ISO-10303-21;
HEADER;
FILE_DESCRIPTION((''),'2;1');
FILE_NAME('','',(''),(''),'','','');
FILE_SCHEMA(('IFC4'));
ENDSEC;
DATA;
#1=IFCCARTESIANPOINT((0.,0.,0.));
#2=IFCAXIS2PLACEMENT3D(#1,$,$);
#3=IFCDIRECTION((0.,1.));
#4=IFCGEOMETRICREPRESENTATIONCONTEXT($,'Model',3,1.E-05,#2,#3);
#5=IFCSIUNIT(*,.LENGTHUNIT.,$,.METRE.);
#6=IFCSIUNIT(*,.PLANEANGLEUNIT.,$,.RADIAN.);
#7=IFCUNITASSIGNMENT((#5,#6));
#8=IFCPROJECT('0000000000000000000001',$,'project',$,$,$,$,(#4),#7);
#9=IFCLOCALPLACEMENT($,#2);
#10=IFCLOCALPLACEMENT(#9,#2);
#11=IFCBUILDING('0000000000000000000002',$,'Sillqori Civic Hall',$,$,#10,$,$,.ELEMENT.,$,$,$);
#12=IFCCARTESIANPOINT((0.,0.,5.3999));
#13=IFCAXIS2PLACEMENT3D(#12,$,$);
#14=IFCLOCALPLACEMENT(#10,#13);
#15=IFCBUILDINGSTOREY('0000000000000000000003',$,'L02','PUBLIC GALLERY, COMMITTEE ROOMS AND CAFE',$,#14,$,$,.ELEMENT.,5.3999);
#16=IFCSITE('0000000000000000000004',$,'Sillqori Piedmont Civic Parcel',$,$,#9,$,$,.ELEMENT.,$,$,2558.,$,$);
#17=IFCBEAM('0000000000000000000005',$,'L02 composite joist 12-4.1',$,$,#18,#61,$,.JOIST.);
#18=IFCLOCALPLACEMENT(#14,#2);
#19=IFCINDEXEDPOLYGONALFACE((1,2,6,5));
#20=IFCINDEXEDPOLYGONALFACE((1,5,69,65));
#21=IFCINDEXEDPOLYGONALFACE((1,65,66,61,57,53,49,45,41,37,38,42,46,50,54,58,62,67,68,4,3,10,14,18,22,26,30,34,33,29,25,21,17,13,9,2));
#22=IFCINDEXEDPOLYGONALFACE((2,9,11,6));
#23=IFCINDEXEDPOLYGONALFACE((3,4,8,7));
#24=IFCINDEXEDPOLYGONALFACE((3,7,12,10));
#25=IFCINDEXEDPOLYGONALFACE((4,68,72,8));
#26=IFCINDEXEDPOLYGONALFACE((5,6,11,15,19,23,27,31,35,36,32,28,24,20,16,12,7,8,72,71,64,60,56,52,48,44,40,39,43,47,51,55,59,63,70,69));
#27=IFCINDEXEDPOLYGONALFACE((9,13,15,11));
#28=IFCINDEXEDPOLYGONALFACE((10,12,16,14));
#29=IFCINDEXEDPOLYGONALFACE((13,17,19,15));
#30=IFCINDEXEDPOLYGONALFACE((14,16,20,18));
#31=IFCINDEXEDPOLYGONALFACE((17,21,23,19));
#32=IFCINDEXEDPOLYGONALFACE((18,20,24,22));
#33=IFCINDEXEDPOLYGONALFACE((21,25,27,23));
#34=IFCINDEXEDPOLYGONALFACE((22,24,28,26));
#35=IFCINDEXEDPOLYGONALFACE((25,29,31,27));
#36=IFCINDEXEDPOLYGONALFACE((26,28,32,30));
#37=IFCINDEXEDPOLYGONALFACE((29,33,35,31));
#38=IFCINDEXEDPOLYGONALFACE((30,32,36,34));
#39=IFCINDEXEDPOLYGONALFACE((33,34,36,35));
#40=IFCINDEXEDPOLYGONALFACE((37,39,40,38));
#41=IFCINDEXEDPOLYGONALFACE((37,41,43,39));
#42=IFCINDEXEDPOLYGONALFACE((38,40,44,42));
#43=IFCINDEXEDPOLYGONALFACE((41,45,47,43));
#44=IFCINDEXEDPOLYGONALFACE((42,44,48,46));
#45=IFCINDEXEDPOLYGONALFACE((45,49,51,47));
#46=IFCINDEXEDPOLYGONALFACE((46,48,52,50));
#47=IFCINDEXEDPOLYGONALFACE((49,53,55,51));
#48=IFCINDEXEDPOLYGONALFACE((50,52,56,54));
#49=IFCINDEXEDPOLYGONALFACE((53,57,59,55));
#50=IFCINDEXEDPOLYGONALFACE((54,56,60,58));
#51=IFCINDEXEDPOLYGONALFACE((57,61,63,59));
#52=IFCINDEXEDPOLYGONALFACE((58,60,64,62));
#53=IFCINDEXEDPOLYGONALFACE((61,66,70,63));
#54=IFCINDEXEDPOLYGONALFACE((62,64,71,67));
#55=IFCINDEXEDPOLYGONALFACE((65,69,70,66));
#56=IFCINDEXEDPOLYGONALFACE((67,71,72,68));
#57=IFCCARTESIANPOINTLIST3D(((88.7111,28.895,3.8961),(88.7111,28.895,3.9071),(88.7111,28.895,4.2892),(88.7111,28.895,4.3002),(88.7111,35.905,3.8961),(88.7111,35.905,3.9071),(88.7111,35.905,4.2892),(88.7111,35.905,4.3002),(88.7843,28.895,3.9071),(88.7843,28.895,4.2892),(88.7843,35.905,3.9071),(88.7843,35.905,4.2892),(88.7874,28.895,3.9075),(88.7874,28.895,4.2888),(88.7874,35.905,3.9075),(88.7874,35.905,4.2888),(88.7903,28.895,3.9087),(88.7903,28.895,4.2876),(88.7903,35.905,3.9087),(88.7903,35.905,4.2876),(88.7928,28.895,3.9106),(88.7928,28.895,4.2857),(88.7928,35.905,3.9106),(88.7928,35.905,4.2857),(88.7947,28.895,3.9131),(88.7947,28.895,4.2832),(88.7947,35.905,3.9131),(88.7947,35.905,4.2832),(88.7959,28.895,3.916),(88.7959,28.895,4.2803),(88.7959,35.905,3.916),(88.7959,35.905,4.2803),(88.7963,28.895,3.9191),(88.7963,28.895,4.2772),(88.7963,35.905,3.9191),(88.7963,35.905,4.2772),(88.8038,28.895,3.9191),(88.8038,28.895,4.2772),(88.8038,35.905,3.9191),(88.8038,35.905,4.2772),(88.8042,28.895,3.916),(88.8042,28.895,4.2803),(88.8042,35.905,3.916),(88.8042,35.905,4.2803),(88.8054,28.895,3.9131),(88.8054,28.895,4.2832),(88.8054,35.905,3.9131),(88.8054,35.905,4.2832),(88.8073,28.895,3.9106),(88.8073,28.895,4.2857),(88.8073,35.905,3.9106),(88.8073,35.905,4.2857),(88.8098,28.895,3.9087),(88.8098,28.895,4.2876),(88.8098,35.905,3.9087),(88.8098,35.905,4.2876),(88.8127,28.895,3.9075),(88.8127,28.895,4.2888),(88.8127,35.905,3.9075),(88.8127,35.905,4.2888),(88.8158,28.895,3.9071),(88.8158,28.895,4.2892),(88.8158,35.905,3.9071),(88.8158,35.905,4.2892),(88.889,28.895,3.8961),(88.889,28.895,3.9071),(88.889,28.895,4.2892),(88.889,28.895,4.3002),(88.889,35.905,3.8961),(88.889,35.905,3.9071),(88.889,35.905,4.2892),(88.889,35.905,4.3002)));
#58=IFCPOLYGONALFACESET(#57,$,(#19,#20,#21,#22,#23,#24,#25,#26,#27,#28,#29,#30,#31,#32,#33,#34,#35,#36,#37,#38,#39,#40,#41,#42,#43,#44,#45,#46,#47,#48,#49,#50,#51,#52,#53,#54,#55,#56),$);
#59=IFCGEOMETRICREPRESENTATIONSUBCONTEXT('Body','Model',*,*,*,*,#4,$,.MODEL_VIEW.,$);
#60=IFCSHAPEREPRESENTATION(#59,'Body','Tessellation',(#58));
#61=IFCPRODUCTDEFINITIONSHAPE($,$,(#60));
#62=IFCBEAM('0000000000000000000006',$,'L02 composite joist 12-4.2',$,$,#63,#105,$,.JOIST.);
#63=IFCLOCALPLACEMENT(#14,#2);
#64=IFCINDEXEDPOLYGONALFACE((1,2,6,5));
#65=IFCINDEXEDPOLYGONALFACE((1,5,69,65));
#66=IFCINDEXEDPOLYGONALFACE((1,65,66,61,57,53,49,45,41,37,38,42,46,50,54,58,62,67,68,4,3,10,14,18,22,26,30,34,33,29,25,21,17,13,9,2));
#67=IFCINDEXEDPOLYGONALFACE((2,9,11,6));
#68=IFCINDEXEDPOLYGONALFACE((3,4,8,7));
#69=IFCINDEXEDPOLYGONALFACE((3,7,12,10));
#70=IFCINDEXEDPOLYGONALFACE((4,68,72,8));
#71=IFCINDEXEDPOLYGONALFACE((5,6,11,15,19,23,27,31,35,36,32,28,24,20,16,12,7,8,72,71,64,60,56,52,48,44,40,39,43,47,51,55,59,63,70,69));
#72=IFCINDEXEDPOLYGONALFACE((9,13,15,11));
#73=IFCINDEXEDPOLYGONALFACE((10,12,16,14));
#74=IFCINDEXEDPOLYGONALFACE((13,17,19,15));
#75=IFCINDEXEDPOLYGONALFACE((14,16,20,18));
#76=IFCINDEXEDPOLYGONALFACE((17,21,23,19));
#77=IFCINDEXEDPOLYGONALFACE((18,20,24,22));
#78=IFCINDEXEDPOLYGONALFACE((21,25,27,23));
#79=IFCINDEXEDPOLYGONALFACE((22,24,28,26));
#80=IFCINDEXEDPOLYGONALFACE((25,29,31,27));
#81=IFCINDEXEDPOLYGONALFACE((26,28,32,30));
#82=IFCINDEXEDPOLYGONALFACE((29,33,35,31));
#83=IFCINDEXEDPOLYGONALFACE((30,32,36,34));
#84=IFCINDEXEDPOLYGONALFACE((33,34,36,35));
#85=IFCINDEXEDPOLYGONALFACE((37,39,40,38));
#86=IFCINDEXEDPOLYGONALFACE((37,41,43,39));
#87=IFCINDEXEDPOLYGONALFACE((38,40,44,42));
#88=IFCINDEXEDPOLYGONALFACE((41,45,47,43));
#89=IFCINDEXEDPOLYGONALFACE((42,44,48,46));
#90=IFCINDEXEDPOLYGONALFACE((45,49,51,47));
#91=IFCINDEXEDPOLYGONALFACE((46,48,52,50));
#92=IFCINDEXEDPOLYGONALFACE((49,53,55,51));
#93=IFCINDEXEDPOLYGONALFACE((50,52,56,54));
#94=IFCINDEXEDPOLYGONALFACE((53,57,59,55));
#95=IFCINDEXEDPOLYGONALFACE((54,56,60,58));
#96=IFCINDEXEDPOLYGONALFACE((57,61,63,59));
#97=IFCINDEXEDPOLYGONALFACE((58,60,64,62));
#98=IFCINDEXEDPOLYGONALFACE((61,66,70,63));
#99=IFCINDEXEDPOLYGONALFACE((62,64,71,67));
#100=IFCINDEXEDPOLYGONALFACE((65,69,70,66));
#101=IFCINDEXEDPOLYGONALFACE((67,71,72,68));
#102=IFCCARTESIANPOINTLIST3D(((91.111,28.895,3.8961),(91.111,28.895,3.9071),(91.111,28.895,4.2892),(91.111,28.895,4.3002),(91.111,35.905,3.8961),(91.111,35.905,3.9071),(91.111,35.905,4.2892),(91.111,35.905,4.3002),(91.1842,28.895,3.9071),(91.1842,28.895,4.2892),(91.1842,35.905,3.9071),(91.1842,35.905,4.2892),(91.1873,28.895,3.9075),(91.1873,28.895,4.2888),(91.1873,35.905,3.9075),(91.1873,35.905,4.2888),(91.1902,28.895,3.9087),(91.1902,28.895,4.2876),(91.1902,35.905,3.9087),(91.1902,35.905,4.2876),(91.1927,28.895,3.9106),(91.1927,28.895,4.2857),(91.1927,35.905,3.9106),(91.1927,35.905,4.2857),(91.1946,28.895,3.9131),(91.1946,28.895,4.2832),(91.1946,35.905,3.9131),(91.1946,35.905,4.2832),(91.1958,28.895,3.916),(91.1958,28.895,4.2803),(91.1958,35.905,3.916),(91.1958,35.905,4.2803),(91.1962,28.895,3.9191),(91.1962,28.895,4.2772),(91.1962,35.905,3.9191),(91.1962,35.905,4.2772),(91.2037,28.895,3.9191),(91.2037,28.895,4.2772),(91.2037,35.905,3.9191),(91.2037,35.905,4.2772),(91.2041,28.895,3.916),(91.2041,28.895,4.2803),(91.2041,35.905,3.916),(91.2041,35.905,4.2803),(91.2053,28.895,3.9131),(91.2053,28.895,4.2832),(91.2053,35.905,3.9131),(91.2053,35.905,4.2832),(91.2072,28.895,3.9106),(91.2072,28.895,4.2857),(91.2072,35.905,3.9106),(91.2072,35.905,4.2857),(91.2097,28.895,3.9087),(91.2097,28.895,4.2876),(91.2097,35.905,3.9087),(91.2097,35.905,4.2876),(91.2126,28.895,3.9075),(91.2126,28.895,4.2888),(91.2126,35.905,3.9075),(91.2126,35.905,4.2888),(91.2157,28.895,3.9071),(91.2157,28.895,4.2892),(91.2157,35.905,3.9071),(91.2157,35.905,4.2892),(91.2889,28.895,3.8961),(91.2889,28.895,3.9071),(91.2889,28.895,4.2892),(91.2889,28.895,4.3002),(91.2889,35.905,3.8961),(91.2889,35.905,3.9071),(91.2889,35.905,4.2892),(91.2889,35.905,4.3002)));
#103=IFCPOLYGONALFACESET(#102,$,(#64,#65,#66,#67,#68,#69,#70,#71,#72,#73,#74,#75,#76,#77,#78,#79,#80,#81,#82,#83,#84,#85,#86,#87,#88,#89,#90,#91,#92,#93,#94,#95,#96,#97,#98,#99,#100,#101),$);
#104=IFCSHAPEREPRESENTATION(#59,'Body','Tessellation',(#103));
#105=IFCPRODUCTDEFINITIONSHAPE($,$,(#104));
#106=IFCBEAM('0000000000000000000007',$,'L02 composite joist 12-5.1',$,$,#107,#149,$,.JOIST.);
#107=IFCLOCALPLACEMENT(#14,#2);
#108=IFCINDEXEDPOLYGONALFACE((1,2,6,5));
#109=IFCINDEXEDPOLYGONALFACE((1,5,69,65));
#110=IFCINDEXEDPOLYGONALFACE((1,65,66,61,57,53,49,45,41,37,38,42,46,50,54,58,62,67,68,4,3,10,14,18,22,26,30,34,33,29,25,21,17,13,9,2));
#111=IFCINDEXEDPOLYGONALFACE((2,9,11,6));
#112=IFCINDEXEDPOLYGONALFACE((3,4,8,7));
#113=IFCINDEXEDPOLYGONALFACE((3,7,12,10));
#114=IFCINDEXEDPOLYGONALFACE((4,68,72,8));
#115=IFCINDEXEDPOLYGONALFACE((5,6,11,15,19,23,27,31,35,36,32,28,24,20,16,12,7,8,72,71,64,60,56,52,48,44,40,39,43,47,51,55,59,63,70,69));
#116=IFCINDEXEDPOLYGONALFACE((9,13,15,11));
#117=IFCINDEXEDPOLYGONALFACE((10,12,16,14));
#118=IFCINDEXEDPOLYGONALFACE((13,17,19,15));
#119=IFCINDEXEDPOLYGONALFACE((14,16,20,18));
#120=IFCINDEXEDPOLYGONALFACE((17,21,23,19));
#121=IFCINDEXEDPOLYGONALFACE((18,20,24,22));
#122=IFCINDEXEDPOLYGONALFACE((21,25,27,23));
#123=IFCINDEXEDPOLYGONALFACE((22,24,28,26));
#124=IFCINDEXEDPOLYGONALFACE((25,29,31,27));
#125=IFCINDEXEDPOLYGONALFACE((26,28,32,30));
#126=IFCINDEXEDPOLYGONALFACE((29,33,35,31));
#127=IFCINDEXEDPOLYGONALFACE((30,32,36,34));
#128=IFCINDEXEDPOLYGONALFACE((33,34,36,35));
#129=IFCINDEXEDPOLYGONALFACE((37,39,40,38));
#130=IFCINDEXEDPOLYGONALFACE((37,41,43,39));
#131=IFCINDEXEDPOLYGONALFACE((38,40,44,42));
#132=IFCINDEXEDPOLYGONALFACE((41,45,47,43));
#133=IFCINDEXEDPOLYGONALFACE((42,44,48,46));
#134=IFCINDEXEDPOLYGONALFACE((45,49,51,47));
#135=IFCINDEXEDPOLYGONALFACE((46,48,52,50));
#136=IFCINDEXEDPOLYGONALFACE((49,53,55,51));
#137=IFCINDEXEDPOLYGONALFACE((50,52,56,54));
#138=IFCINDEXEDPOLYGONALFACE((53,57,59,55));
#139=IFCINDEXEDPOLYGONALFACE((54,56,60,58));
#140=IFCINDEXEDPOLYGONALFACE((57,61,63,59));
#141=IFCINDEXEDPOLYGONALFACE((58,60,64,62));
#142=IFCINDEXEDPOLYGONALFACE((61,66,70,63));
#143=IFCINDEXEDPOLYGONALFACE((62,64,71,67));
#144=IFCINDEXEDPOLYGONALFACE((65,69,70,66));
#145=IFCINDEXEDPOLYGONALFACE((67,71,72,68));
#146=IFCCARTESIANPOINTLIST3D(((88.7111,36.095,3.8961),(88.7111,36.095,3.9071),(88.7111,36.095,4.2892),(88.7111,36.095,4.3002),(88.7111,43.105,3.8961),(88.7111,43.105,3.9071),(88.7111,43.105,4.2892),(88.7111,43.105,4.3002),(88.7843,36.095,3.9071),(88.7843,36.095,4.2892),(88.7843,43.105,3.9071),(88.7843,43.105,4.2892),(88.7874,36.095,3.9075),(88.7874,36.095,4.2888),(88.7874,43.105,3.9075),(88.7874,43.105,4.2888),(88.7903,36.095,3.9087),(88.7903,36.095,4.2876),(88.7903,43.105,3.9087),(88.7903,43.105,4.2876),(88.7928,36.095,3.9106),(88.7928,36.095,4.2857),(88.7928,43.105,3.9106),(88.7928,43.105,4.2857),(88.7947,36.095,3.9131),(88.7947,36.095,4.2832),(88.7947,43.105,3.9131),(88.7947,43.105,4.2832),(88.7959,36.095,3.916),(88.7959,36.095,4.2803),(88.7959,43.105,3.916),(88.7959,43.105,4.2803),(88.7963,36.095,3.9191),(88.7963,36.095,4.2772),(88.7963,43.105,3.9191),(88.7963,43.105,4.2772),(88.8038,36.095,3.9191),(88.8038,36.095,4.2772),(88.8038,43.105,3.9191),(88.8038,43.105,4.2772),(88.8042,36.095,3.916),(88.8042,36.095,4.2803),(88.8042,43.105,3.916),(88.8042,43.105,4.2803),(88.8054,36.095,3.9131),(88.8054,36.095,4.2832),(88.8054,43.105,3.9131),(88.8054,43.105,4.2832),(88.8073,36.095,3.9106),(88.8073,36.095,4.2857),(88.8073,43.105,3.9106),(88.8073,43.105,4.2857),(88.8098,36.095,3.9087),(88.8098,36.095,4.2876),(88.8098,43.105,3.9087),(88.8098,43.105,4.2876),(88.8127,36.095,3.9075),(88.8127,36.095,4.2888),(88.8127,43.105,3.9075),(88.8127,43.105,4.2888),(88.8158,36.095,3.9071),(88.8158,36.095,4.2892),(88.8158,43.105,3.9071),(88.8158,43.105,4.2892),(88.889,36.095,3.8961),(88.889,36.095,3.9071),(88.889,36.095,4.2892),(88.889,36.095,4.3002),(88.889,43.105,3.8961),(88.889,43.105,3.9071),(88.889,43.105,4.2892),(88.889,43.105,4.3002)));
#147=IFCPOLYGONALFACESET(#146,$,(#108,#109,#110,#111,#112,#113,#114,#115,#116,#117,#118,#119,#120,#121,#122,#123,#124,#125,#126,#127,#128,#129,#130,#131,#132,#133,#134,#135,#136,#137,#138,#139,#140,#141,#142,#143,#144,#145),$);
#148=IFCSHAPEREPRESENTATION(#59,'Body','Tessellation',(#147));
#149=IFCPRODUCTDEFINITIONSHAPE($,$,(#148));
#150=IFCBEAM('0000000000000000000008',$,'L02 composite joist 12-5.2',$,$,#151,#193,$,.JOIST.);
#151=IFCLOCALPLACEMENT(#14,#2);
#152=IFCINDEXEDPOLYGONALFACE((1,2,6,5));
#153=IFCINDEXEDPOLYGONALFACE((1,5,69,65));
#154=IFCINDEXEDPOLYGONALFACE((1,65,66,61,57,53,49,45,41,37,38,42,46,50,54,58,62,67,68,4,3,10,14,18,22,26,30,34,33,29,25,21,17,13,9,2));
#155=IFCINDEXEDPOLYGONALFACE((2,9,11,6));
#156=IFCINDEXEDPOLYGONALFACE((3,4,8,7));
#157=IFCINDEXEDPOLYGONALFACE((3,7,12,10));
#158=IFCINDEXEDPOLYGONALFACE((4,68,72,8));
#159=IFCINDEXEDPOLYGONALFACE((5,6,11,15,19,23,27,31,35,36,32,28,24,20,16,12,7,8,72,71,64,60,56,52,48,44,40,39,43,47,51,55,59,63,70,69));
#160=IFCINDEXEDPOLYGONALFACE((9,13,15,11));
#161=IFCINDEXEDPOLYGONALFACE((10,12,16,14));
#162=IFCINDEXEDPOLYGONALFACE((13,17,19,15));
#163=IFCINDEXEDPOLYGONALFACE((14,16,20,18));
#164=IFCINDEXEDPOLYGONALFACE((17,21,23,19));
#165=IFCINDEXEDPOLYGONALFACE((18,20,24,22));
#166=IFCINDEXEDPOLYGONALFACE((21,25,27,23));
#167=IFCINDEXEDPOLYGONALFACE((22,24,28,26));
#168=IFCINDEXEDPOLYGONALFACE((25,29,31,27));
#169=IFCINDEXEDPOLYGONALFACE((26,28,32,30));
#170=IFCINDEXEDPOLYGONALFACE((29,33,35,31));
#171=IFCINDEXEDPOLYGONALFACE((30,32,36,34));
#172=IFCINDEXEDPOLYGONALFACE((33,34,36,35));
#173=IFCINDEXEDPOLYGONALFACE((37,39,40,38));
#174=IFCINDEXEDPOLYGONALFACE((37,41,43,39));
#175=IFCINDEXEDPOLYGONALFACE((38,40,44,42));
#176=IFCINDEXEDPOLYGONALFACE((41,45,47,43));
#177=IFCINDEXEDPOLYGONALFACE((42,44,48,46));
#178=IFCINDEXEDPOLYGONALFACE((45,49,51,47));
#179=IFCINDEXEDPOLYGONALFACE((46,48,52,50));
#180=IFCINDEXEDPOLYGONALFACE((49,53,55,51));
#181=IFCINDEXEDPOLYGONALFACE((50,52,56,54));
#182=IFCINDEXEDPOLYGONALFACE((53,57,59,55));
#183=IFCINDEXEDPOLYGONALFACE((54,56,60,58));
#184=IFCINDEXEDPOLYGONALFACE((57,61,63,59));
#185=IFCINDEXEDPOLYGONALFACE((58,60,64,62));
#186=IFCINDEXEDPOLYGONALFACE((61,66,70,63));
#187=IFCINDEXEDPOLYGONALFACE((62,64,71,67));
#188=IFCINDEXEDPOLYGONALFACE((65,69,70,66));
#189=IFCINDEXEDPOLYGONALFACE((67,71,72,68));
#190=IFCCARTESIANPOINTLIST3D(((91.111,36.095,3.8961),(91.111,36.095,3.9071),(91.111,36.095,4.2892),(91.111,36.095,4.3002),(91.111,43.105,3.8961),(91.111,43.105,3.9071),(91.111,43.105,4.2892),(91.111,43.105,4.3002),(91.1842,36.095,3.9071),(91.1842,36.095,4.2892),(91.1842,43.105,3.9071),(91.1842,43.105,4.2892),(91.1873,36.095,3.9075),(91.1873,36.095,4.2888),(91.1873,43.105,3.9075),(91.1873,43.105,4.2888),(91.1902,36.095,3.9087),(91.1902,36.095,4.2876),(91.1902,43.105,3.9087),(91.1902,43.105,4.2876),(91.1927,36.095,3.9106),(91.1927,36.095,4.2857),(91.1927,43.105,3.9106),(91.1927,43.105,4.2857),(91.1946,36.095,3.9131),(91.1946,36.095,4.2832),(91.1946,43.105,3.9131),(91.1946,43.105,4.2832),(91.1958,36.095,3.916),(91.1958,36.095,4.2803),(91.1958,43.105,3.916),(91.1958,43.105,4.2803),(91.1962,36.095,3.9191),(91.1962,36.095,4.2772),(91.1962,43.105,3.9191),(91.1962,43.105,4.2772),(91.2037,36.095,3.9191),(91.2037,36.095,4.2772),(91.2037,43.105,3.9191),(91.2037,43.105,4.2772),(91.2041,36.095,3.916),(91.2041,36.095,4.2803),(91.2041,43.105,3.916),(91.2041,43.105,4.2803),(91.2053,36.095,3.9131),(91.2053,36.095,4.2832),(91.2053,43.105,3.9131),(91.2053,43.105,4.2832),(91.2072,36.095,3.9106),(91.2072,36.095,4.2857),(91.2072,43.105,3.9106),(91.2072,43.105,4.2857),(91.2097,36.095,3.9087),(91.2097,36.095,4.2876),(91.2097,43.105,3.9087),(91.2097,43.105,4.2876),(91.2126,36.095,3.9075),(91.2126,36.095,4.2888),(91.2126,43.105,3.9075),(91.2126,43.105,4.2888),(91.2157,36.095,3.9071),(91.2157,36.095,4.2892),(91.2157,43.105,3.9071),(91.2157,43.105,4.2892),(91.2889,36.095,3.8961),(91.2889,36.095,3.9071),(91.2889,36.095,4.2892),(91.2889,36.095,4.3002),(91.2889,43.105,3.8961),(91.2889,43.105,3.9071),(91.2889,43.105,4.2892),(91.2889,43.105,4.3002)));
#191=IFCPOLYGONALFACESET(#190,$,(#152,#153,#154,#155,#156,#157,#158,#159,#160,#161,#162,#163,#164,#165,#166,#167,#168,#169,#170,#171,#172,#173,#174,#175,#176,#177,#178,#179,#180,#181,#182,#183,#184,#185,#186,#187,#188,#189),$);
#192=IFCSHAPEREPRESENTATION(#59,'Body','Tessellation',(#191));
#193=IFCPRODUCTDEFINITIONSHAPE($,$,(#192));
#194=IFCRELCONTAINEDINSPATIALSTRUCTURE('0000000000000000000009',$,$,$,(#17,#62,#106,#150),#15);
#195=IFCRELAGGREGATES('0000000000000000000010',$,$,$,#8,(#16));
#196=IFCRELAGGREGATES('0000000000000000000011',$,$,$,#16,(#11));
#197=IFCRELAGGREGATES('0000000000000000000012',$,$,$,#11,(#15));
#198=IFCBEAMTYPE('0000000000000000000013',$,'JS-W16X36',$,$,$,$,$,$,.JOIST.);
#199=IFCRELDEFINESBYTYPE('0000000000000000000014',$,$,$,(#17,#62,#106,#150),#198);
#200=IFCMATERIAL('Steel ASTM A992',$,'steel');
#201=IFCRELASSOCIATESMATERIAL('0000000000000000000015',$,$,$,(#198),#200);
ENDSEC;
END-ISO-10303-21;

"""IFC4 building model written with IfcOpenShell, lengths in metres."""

from ifc_helpers import new_model, si_unit, direction, frame, origin, origin_2d, place, context, subcontext, project, spatial, i_section, extrude, material, material_profile, profile_set, type_object, element, save


model = new_model("IFC4")

# Units and contexts
model_context = context("Model", 3, precision=1e-05, world=origin(), true_north=direction((0.0, 1.0)))
body_context = subcontext(model_context, "Body", "Model", "MODEL_VIEW")
ifc_project = project(units=[si_unit("LENGTHUNIT", "METRE"), si_unit("PLANEANGLEUNIT", "RADIAN")], contexts=[model_context])

# Site, building, storey
site_placement = place(None, origin())
site = spatial("IfcSite", under=ifc_project, at=site_placement, Name="Sillqori Piedmont Civic Parcel", CompositionType="ELEMENT", RefElevation=2558.0)
building_placement = place(site_placement, origin())
building = spatial("IfcBuilding", under=site, at=building_placement, Name="Sillqori Civic Hall", CompositionType="ELEMENT")
storey_placement = place(building_placement, frame((0.0, 0.0, 5.3999)))
storey = spatial("IfcBuildingStorey", under=building, at=storey_placement, Name="L02", Description="PUBLIC GALLERY, COMMITTEE ROOMS AND CAFE", CompositionType="ELEMENT", Elevation=5.3999)

# Shared definitions
ifc_material_1 = material(Name="Steel ASTM A992", Category="steel")

# Beams
ifc_material_profile_1 = material_profile(ifc_material_1, i_section(OverallWidth=0.178, OverallDepth=0.4041, WebThickness=0.0076, FlangeThickness=0.011, FilletRadius=0.012, at=origin_2d()), Name="W16X36")
ifc_profile_set_1 = profile_set([ifc_material_profile_1], Name="Steel ASTM A992")
beam_type_1 = type_object("IfcBeamType", Name="JS-W16X36", PredefinedType="JOIST", material=ifc_profile_set_1)
for number, where, z_axis, x_axis, name in (
    (1, (88.8, 28.895, 4.0981), (0.0, 1.0, 0.0), (-1.0, 0.0, 0.0), "L02 composite joist 12-4.1"),
    (2, (91.2, 28.895, 4.0981), (0.0, 1.0, 0.0), (-1.0, 0.0, 0.0), "L02 composite joist 12-4.2"),
    (3, (88.8, 36.095, 4.0981), (0.0, 1.0, 0.0), (-1.0, 0.0, 0.0), "L02 composite joist 12-5.1"),
    (4, (91.2, 36.095, 4.0981), (0.0, 1.0, 0.0), (-1.0, 0.0, 0.0), "L02 composite joist 12-5.2"),
):
    element("IfcBeam", number, at=place(storey_placement, frame(where, z_axis=z_axis, x_axis=x_axis)), inside=storey, type_object=beam_type_1, Name=name, PredefinedType="JOIST", context=body_context, shape_type="SweptSolid", body=[
        extrude(i_section(OverallWidth=0.178, OverallDepth=0.4041, WebThickness=0.0076, FlangeThickness=0.011, FilletRadius=0.012, at=origin_2d()), origin(), (0.0, 0.0, 1.0), 7.01),
    ])

save(model, "model.ifc")
